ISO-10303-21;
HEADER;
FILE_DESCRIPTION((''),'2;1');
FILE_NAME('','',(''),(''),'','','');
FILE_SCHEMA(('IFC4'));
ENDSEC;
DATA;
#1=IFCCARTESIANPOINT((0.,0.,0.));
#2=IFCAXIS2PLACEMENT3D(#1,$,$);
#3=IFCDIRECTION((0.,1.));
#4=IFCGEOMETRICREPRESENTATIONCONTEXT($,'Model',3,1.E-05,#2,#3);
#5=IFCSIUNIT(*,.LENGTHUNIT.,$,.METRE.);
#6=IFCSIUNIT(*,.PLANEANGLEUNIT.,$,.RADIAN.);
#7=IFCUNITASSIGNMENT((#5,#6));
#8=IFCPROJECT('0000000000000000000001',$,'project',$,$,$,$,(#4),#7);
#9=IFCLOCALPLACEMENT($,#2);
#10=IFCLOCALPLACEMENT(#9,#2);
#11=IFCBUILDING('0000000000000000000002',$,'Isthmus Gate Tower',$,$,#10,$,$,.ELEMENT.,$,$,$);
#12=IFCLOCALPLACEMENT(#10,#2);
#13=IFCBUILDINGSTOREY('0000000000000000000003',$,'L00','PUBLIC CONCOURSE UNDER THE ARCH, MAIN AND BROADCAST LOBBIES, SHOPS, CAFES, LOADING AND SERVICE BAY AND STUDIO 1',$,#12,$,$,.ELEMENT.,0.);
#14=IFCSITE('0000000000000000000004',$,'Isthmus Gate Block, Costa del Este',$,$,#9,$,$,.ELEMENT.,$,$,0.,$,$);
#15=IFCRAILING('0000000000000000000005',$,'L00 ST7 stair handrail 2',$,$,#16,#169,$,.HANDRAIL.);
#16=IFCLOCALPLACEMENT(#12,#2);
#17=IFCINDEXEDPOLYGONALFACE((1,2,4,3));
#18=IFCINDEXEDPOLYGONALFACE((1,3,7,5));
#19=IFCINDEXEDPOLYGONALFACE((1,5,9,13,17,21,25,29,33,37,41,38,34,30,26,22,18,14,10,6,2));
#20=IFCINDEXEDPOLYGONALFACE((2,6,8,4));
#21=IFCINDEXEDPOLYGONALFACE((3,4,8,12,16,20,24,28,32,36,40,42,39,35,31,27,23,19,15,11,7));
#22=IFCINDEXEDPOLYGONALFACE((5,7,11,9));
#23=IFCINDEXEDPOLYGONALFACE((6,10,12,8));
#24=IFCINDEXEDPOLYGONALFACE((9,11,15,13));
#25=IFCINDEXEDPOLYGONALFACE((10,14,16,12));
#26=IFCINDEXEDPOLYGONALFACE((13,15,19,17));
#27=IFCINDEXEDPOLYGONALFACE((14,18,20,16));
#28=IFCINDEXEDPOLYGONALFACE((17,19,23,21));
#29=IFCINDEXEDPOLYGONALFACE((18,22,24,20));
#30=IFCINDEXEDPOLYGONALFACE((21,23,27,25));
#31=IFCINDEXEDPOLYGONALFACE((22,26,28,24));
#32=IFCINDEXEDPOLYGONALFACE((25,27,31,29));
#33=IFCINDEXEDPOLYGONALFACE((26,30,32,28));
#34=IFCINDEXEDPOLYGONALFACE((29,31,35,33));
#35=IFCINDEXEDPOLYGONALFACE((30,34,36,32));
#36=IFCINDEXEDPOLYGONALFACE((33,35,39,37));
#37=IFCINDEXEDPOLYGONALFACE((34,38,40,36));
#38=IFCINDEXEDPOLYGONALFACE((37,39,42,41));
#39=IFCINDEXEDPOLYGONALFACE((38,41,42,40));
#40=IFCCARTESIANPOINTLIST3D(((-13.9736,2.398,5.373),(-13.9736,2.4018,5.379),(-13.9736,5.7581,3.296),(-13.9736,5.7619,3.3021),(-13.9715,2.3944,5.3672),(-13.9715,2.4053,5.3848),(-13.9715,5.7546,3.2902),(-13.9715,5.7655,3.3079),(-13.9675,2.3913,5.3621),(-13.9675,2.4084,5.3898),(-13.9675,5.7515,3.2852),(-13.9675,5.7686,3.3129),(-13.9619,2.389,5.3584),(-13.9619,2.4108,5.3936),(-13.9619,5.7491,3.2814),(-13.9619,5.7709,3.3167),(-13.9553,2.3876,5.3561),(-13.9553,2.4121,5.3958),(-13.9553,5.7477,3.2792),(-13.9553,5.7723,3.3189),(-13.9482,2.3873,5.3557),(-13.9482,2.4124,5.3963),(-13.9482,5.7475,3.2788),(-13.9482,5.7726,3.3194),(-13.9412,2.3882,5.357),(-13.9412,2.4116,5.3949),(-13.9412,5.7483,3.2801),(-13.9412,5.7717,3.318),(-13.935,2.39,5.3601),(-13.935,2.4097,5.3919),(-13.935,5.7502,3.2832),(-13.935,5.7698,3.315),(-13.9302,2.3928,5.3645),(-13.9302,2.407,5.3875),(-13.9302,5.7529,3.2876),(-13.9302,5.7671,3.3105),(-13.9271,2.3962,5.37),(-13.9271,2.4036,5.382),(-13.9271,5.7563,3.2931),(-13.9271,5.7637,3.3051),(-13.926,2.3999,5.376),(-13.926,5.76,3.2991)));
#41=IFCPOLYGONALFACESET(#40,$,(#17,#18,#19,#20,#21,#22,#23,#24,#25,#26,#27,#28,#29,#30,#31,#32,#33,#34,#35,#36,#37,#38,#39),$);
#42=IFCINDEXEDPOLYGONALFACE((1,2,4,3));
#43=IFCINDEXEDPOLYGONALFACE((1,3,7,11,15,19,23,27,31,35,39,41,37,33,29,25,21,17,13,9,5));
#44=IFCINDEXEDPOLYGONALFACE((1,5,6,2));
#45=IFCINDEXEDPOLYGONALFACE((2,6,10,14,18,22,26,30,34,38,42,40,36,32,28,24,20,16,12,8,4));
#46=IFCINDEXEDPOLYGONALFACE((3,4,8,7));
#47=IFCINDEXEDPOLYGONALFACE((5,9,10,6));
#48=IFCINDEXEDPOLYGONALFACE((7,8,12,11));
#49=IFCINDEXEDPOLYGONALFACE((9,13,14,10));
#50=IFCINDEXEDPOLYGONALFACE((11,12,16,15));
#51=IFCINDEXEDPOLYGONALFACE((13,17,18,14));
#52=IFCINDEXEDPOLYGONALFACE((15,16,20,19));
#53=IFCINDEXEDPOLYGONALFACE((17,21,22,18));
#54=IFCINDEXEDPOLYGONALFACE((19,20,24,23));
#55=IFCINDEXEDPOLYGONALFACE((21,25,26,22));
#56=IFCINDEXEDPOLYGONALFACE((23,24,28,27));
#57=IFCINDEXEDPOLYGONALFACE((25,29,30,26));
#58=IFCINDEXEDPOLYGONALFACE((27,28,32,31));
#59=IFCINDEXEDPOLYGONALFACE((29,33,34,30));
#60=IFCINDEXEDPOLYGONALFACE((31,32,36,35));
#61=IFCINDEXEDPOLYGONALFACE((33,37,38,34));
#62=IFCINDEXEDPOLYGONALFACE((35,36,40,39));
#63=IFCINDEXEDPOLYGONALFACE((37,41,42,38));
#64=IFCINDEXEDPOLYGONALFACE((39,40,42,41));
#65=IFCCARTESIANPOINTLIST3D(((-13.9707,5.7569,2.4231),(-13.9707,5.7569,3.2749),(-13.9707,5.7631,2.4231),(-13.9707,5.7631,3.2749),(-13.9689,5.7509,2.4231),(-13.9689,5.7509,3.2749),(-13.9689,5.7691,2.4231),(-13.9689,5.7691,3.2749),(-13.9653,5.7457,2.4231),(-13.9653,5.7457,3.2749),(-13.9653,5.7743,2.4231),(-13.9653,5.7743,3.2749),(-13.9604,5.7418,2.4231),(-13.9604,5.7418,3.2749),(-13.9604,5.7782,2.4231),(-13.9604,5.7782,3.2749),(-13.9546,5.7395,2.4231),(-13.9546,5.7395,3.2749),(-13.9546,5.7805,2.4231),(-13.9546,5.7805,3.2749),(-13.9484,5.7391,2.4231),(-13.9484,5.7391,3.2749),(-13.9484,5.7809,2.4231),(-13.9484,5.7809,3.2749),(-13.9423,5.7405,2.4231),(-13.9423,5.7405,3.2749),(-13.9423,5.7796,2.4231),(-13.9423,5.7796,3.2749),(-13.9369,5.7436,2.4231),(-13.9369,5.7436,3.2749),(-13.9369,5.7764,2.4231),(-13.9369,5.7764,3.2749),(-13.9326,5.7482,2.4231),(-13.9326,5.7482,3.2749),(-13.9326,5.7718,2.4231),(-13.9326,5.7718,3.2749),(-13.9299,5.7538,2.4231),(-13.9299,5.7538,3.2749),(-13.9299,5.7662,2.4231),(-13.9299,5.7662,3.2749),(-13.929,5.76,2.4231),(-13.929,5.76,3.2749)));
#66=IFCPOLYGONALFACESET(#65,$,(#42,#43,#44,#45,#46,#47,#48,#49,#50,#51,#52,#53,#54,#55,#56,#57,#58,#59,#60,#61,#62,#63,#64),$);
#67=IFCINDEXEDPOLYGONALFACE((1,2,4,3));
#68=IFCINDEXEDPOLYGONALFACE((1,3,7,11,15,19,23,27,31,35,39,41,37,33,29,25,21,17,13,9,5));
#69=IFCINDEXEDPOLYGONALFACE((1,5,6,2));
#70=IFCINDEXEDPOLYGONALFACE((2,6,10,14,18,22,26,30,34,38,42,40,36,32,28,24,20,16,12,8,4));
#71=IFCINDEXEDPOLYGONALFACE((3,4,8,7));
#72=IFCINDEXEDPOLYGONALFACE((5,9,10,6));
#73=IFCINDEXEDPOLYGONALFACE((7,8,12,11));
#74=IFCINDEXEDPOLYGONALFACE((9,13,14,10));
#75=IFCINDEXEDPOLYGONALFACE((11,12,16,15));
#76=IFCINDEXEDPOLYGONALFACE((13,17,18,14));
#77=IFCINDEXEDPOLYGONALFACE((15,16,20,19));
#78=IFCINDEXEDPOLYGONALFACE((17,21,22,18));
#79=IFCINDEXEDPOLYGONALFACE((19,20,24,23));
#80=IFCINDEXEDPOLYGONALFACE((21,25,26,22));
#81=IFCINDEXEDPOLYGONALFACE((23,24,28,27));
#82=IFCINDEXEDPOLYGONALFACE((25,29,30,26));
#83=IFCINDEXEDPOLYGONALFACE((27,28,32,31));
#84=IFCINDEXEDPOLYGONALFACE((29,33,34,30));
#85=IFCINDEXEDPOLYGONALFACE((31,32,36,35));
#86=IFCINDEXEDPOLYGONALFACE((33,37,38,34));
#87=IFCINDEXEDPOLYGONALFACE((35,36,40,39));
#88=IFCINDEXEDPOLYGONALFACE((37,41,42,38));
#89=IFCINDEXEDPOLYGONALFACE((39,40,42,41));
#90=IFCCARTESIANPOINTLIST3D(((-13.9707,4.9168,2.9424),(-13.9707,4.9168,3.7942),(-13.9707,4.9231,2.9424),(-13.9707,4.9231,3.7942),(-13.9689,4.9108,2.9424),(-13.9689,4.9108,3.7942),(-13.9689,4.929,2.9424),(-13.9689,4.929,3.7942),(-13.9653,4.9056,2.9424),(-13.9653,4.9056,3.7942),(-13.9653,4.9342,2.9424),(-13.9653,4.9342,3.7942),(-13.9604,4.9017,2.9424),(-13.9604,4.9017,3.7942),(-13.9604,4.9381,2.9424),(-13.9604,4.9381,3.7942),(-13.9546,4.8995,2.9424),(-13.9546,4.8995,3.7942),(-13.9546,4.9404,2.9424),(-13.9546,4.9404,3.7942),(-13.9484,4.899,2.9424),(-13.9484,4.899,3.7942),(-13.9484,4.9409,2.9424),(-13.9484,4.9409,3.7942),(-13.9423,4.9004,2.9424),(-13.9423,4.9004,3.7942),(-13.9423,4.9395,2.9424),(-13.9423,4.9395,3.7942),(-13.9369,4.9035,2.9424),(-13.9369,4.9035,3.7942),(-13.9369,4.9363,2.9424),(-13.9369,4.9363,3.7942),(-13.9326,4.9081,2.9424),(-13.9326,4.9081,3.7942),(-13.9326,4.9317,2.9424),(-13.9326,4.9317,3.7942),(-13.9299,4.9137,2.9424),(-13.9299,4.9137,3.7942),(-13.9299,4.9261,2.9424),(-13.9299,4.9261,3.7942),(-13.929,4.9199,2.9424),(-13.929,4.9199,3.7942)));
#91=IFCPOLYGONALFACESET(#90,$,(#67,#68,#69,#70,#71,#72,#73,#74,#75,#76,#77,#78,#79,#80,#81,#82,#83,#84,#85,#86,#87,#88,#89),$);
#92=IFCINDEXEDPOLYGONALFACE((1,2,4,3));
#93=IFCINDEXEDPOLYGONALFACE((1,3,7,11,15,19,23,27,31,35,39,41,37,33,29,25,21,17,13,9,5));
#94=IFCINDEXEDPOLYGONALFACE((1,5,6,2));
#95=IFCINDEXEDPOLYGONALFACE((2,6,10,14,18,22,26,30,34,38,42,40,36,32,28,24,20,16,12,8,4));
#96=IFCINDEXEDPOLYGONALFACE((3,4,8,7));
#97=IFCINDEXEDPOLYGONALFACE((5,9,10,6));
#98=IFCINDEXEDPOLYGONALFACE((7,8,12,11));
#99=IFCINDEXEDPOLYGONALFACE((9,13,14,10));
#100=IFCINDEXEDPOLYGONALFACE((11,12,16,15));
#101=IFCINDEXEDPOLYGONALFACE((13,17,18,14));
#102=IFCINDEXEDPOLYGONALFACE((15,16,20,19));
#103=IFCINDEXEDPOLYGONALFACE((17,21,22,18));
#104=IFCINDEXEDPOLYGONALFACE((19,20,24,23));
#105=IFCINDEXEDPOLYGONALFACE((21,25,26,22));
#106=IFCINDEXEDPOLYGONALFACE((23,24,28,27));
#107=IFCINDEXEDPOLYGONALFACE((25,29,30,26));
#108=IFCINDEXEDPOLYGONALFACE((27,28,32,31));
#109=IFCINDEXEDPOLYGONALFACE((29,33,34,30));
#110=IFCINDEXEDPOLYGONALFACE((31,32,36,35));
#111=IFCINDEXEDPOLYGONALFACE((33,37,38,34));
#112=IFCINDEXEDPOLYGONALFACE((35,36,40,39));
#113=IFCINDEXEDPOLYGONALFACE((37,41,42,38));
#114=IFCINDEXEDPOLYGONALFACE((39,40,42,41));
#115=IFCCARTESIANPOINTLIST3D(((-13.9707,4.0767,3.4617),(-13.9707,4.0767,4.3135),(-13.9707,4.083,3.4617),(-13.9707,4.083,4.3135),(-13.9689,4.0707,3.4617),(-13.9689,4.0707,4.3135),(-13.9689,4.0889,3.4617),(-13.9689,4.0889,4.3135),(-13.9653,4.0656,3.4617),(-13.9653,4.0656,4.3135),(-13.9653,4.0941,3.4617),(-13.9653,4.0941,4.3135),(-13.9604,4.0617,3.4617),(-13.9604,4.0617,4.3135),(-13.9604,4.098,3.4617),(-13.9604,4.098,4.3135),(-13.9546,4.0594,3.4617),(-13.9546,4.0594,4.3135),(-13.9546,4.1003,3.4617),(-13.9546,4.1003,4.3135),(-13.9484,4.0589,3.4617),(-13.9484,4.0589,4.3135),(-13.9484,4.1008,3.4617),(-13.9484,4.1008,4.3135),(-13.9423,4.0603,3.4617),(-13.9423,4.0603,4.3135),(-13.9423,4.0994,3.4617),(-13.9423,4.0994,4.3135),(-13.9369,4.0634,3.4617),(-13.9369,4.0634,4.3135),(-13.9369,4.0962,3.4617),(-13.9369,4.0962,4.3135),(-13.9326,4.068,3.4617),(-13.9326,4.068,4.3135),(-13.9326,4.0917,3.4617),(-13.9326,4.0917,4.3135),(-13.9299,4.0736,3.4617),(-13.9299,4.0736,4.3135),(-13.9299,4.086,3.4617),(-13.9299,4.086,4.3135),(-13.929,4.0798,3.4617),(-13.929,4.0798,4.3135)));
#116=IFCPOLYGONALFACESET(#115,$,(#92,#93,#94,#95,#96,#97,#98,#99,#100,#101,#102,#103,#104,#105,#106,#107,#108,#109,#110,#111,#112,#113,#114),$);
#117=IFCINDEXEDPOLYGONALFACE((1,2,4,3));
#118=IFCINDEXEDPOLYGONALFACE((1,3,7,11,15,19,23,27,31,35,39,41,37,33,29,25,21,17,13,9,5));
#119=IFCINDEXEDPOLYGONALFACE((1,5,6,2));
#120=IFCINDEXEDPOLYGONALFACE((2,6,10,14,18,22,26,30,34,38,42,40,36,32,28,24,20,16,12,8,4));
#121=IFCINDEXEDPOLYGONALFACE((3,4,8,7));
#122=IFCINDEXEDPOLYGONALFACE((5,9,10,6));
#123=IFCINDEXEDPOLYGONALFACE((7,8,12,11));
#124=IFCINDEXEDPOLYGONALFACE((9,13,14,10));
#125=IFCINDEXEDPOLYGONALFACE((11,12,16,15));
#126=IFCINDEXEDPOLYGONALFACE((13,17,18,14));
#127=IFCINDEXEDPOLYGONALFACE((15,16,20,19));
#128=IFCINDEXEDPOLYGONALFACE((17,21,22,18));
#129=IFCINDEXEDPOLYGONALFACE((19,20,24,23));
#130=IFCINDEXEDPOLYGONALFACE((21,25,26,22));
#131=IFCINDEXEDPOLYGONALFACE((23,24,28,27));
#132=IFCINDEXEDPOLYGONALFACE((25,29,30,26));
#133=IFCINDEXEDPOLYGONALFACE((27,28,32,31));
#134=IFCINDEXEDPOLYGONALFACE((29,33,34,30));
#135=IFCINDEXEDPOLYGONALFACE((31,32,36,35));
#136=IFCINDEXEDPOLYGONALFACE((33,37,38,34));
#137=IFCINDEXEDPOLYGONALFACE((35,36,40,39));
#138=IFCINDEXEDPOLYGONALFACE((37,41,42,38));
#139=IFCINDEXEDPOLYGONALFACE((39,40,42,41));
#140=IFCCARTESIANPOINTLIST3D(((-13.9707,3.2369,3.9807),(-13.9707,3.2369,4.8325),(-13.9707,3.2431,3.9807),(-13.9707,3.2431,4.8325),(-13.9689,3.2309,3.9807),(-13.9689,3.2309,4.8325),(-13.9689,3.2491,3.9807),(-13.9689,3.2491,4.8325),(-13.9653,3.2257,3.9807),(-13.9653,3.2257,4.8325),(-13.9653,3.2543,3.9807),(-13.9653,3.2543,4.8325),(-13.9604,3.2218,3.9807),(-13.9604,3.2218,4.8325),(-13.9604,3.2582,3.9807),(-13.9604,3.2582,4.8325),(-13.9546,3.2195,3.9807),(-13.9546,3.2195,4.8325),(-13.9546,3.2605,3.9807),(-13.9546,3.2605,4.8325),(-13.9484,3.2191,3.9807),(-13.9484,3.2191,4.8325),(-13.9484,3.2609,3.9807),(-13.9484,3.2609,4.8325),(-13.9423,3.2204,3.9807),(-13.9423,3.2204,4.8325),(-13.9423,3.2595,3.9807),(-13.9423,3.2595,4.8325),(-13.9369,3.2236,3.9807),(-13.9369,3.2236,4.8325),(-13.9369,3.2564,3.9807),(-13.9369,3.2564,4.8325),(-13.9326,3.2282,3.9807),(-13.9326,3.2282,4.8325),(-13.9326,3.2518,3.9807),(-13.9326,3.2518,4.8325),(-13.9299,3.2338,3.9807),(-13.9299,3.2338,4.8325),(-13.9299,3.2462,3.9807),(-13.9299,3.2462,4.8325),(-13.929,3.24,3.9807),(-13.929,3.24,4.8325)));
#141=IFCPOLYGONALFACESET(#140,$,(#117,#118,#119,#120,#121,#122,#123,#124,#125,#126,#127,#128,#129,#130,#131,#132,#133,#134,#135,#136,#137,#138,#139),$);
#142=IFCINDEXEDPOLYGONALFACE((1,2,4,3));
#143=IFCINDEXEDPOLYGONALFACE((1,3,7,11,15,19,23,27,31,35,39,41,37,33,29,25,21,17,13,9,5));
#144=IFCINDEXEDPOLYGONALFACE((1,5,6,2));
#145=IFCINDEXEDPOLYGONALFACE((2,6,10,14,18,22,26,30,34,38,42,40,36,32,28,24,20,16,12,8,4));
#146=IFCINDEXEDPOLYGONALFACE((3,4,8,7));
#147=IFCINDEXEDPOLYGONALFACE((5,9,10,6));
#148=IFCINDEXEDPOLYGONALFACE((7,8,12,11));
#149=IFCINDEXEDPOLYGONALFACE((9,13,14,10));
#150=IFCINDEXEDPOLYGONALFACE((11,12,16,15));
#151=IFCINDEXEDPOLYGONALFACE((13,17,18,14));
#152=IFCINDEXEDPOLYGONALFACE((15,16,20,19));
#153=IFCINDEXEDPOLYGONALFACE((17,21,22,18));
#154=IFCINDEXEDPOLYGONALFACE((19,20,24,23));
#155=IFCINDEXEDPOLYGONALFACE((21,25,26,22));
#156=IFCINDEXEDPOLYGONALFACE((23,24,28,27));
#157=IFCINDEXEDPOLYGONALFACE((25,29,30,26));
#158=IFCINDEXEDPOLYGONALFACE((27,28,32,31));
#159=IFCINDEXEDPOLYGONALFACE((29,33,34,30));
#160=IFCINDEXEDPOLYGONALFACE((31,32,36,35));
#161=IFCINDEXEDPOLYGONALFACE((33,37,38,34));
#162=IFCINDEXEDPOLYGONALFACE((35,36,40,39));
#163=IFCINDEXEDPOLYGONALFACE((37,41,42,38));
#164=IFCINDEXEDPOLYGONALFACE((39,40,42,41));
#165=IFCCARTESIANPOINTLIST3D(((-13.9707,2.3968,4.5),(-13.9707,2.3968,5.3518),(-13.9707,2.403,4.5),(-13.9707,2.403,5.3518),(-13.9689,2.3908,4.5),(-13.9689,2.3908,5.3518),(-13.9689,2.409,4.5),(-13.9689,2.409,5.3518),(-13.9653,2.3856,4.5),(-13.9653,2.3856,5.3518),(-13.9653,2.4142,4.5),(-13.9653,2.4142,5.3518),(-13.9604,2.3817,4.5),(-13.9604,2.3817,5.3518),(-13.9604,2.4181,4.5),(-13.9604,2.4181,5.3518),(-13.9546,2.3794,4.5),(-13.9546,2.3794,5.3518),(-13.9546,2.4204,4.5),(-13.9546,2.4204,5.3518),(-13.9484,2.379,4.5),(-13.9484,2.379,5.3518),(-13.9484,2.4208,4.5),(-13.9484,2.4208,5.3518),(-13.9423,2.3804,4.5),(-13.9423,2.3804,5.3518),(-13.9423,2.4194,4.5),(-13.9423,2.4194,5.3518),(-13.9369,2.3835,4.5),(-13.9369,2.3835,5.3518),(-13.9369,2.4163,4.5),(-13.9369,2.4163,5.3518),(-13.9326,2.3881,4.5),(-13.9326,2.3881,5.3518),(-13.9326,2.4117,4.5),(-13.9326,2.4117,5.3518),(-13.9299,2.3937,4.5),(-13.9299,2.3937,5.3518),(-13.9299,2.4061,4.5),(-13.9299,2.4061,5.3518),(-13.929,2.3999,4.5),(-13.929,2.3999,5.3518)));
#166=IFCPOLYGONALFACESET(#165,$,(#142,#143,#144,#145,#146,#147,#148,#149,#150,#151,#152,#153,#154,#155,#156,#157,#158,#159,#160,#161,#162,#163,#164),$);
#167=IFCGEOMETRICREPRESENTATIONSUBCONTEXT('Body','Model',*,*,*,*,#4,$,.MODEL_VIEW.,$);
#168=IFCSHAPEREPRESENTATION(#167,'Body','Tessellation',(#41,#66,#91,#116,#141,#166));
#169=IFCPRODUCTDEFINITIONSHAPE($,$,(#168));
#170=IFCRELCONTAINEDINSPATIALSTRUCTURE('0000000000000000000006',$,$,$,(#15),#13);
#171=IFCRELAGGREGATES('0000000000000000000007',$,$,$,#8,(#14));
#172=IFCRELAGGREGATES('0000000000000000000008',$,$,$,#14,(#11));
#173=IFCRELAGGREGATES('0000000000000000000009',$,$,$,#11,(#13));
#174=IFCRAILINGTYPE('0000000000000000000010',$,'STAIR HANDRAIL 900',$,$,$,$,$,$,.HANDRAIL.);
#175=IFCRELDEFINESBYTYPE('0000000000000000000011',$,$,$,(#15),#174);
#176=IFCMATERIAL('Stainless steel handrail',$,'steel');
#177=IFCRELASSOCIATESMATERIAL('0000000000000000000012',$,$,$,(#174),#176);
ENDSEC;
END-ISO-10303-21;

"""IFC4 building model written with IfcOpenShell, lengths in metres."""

from ifc_helpers import new_model, si_unit, direction, frame, origin, origin_2d, place, context, subcontext, project, spatial, circle, extrude, material, type_object, element, save


model = new_model("IFC4")

# Units and contexts
model_context = context("Model", 3, precision=1e-05, world=origin(), true_north=direction((0.0, 1.0)))
body_context = subcontext(model_context, "Body", "Model", "MODEL_VIEW")
ifc_project = project(units=[si_unit("LENGTHUNIT", "METRE"), si_unit("PLANEANGLEUNIT", "RADIAN")], contexts=[model_context])

# Site, building, storey
site_placement = place(None, origin())
site = spatial("IfcSite", under=ifc_project, at=site_placement, Name="Isthmus Gate Block, Costa del Este", CompositionType="ELEMENT", RefElevation=0.0)
building_placement = place(site_placement, origin())
building = spatial("IfcBuilding", under=site, at=building_placement, Name="Isthmus Gate Tower", CompositionType="ELEMENT")
storey_placement = place(building_placement, origin())
storey = spatial("IfcBuildingStorey", under=building, at=storey_placement, Name="L00", Description="PUBLIC CONCOURSE UNDER THE ARCH, MAIN AND BROADCAST LOBBIES, SHOPS, CAFES, LOADING AND SERVICE BAY AND STUDIO 1", CompositionType="ELEMENT", Elevation=0.0)

# Railing
ifc_material_1 = material(Name="Stainless steel handrail", Category="steel")
railing_type_1 = type_object("IfcRailingType", Name="STAIR HANDRAIL 900", PredefinedType="HANDRAIL", material=ifc_material_1)
railing_1_placement = place(storey_placement, frame((-13.95, 5.76, 2.4231)))
element("IfcRailing", 1, at=railing_1_placement, inside=storey, type_object=railing_type_1, Name="L00 ST7 stair handrail 2", PredefinedType="HANDRAIL", context=body_context, shape_type="SweptSolid", body=[
    extrude(circle(Radius=0.0239, at=origin_2d()), frame((0.0, 0.0, 0.876), z_axis=(0.0, -0.850623, 0.525776), x_axis=(1.0, 0.0, 0.0)), (0.0, 0.0, 1.0), 3.9502),
    extrude(circle(Radius=0.021, at=origin_2d()), origin(), (0.0, 0.0, 1.0), 0.8518),
    extrude(circle(Radius=0.021, at=origin_2d()), frame((0.0, -0.8401, 0.5193)), (0.0, 0.0, 1.0), 0.8518),
    extrude(circle(Radius=0.021, at=origin_2d()), frame((0.0, -1.6802, 1.0386)), (0.0, 0.0, 1.0), 0.8518),
    extrude(circle(Radius=0.021, at=origin_2d()), frame((0.0, -2.52, 1.5576)), (0.0, 0.0, 1.0), 0.8518),
    extrude(circle(Radius=0.021, at=origin_2d()), frame((0.0, -3.3601, 2.0769)), (0.0, 0.0, 1.0), 0.8518),
])

save(model, "model.ifc")
